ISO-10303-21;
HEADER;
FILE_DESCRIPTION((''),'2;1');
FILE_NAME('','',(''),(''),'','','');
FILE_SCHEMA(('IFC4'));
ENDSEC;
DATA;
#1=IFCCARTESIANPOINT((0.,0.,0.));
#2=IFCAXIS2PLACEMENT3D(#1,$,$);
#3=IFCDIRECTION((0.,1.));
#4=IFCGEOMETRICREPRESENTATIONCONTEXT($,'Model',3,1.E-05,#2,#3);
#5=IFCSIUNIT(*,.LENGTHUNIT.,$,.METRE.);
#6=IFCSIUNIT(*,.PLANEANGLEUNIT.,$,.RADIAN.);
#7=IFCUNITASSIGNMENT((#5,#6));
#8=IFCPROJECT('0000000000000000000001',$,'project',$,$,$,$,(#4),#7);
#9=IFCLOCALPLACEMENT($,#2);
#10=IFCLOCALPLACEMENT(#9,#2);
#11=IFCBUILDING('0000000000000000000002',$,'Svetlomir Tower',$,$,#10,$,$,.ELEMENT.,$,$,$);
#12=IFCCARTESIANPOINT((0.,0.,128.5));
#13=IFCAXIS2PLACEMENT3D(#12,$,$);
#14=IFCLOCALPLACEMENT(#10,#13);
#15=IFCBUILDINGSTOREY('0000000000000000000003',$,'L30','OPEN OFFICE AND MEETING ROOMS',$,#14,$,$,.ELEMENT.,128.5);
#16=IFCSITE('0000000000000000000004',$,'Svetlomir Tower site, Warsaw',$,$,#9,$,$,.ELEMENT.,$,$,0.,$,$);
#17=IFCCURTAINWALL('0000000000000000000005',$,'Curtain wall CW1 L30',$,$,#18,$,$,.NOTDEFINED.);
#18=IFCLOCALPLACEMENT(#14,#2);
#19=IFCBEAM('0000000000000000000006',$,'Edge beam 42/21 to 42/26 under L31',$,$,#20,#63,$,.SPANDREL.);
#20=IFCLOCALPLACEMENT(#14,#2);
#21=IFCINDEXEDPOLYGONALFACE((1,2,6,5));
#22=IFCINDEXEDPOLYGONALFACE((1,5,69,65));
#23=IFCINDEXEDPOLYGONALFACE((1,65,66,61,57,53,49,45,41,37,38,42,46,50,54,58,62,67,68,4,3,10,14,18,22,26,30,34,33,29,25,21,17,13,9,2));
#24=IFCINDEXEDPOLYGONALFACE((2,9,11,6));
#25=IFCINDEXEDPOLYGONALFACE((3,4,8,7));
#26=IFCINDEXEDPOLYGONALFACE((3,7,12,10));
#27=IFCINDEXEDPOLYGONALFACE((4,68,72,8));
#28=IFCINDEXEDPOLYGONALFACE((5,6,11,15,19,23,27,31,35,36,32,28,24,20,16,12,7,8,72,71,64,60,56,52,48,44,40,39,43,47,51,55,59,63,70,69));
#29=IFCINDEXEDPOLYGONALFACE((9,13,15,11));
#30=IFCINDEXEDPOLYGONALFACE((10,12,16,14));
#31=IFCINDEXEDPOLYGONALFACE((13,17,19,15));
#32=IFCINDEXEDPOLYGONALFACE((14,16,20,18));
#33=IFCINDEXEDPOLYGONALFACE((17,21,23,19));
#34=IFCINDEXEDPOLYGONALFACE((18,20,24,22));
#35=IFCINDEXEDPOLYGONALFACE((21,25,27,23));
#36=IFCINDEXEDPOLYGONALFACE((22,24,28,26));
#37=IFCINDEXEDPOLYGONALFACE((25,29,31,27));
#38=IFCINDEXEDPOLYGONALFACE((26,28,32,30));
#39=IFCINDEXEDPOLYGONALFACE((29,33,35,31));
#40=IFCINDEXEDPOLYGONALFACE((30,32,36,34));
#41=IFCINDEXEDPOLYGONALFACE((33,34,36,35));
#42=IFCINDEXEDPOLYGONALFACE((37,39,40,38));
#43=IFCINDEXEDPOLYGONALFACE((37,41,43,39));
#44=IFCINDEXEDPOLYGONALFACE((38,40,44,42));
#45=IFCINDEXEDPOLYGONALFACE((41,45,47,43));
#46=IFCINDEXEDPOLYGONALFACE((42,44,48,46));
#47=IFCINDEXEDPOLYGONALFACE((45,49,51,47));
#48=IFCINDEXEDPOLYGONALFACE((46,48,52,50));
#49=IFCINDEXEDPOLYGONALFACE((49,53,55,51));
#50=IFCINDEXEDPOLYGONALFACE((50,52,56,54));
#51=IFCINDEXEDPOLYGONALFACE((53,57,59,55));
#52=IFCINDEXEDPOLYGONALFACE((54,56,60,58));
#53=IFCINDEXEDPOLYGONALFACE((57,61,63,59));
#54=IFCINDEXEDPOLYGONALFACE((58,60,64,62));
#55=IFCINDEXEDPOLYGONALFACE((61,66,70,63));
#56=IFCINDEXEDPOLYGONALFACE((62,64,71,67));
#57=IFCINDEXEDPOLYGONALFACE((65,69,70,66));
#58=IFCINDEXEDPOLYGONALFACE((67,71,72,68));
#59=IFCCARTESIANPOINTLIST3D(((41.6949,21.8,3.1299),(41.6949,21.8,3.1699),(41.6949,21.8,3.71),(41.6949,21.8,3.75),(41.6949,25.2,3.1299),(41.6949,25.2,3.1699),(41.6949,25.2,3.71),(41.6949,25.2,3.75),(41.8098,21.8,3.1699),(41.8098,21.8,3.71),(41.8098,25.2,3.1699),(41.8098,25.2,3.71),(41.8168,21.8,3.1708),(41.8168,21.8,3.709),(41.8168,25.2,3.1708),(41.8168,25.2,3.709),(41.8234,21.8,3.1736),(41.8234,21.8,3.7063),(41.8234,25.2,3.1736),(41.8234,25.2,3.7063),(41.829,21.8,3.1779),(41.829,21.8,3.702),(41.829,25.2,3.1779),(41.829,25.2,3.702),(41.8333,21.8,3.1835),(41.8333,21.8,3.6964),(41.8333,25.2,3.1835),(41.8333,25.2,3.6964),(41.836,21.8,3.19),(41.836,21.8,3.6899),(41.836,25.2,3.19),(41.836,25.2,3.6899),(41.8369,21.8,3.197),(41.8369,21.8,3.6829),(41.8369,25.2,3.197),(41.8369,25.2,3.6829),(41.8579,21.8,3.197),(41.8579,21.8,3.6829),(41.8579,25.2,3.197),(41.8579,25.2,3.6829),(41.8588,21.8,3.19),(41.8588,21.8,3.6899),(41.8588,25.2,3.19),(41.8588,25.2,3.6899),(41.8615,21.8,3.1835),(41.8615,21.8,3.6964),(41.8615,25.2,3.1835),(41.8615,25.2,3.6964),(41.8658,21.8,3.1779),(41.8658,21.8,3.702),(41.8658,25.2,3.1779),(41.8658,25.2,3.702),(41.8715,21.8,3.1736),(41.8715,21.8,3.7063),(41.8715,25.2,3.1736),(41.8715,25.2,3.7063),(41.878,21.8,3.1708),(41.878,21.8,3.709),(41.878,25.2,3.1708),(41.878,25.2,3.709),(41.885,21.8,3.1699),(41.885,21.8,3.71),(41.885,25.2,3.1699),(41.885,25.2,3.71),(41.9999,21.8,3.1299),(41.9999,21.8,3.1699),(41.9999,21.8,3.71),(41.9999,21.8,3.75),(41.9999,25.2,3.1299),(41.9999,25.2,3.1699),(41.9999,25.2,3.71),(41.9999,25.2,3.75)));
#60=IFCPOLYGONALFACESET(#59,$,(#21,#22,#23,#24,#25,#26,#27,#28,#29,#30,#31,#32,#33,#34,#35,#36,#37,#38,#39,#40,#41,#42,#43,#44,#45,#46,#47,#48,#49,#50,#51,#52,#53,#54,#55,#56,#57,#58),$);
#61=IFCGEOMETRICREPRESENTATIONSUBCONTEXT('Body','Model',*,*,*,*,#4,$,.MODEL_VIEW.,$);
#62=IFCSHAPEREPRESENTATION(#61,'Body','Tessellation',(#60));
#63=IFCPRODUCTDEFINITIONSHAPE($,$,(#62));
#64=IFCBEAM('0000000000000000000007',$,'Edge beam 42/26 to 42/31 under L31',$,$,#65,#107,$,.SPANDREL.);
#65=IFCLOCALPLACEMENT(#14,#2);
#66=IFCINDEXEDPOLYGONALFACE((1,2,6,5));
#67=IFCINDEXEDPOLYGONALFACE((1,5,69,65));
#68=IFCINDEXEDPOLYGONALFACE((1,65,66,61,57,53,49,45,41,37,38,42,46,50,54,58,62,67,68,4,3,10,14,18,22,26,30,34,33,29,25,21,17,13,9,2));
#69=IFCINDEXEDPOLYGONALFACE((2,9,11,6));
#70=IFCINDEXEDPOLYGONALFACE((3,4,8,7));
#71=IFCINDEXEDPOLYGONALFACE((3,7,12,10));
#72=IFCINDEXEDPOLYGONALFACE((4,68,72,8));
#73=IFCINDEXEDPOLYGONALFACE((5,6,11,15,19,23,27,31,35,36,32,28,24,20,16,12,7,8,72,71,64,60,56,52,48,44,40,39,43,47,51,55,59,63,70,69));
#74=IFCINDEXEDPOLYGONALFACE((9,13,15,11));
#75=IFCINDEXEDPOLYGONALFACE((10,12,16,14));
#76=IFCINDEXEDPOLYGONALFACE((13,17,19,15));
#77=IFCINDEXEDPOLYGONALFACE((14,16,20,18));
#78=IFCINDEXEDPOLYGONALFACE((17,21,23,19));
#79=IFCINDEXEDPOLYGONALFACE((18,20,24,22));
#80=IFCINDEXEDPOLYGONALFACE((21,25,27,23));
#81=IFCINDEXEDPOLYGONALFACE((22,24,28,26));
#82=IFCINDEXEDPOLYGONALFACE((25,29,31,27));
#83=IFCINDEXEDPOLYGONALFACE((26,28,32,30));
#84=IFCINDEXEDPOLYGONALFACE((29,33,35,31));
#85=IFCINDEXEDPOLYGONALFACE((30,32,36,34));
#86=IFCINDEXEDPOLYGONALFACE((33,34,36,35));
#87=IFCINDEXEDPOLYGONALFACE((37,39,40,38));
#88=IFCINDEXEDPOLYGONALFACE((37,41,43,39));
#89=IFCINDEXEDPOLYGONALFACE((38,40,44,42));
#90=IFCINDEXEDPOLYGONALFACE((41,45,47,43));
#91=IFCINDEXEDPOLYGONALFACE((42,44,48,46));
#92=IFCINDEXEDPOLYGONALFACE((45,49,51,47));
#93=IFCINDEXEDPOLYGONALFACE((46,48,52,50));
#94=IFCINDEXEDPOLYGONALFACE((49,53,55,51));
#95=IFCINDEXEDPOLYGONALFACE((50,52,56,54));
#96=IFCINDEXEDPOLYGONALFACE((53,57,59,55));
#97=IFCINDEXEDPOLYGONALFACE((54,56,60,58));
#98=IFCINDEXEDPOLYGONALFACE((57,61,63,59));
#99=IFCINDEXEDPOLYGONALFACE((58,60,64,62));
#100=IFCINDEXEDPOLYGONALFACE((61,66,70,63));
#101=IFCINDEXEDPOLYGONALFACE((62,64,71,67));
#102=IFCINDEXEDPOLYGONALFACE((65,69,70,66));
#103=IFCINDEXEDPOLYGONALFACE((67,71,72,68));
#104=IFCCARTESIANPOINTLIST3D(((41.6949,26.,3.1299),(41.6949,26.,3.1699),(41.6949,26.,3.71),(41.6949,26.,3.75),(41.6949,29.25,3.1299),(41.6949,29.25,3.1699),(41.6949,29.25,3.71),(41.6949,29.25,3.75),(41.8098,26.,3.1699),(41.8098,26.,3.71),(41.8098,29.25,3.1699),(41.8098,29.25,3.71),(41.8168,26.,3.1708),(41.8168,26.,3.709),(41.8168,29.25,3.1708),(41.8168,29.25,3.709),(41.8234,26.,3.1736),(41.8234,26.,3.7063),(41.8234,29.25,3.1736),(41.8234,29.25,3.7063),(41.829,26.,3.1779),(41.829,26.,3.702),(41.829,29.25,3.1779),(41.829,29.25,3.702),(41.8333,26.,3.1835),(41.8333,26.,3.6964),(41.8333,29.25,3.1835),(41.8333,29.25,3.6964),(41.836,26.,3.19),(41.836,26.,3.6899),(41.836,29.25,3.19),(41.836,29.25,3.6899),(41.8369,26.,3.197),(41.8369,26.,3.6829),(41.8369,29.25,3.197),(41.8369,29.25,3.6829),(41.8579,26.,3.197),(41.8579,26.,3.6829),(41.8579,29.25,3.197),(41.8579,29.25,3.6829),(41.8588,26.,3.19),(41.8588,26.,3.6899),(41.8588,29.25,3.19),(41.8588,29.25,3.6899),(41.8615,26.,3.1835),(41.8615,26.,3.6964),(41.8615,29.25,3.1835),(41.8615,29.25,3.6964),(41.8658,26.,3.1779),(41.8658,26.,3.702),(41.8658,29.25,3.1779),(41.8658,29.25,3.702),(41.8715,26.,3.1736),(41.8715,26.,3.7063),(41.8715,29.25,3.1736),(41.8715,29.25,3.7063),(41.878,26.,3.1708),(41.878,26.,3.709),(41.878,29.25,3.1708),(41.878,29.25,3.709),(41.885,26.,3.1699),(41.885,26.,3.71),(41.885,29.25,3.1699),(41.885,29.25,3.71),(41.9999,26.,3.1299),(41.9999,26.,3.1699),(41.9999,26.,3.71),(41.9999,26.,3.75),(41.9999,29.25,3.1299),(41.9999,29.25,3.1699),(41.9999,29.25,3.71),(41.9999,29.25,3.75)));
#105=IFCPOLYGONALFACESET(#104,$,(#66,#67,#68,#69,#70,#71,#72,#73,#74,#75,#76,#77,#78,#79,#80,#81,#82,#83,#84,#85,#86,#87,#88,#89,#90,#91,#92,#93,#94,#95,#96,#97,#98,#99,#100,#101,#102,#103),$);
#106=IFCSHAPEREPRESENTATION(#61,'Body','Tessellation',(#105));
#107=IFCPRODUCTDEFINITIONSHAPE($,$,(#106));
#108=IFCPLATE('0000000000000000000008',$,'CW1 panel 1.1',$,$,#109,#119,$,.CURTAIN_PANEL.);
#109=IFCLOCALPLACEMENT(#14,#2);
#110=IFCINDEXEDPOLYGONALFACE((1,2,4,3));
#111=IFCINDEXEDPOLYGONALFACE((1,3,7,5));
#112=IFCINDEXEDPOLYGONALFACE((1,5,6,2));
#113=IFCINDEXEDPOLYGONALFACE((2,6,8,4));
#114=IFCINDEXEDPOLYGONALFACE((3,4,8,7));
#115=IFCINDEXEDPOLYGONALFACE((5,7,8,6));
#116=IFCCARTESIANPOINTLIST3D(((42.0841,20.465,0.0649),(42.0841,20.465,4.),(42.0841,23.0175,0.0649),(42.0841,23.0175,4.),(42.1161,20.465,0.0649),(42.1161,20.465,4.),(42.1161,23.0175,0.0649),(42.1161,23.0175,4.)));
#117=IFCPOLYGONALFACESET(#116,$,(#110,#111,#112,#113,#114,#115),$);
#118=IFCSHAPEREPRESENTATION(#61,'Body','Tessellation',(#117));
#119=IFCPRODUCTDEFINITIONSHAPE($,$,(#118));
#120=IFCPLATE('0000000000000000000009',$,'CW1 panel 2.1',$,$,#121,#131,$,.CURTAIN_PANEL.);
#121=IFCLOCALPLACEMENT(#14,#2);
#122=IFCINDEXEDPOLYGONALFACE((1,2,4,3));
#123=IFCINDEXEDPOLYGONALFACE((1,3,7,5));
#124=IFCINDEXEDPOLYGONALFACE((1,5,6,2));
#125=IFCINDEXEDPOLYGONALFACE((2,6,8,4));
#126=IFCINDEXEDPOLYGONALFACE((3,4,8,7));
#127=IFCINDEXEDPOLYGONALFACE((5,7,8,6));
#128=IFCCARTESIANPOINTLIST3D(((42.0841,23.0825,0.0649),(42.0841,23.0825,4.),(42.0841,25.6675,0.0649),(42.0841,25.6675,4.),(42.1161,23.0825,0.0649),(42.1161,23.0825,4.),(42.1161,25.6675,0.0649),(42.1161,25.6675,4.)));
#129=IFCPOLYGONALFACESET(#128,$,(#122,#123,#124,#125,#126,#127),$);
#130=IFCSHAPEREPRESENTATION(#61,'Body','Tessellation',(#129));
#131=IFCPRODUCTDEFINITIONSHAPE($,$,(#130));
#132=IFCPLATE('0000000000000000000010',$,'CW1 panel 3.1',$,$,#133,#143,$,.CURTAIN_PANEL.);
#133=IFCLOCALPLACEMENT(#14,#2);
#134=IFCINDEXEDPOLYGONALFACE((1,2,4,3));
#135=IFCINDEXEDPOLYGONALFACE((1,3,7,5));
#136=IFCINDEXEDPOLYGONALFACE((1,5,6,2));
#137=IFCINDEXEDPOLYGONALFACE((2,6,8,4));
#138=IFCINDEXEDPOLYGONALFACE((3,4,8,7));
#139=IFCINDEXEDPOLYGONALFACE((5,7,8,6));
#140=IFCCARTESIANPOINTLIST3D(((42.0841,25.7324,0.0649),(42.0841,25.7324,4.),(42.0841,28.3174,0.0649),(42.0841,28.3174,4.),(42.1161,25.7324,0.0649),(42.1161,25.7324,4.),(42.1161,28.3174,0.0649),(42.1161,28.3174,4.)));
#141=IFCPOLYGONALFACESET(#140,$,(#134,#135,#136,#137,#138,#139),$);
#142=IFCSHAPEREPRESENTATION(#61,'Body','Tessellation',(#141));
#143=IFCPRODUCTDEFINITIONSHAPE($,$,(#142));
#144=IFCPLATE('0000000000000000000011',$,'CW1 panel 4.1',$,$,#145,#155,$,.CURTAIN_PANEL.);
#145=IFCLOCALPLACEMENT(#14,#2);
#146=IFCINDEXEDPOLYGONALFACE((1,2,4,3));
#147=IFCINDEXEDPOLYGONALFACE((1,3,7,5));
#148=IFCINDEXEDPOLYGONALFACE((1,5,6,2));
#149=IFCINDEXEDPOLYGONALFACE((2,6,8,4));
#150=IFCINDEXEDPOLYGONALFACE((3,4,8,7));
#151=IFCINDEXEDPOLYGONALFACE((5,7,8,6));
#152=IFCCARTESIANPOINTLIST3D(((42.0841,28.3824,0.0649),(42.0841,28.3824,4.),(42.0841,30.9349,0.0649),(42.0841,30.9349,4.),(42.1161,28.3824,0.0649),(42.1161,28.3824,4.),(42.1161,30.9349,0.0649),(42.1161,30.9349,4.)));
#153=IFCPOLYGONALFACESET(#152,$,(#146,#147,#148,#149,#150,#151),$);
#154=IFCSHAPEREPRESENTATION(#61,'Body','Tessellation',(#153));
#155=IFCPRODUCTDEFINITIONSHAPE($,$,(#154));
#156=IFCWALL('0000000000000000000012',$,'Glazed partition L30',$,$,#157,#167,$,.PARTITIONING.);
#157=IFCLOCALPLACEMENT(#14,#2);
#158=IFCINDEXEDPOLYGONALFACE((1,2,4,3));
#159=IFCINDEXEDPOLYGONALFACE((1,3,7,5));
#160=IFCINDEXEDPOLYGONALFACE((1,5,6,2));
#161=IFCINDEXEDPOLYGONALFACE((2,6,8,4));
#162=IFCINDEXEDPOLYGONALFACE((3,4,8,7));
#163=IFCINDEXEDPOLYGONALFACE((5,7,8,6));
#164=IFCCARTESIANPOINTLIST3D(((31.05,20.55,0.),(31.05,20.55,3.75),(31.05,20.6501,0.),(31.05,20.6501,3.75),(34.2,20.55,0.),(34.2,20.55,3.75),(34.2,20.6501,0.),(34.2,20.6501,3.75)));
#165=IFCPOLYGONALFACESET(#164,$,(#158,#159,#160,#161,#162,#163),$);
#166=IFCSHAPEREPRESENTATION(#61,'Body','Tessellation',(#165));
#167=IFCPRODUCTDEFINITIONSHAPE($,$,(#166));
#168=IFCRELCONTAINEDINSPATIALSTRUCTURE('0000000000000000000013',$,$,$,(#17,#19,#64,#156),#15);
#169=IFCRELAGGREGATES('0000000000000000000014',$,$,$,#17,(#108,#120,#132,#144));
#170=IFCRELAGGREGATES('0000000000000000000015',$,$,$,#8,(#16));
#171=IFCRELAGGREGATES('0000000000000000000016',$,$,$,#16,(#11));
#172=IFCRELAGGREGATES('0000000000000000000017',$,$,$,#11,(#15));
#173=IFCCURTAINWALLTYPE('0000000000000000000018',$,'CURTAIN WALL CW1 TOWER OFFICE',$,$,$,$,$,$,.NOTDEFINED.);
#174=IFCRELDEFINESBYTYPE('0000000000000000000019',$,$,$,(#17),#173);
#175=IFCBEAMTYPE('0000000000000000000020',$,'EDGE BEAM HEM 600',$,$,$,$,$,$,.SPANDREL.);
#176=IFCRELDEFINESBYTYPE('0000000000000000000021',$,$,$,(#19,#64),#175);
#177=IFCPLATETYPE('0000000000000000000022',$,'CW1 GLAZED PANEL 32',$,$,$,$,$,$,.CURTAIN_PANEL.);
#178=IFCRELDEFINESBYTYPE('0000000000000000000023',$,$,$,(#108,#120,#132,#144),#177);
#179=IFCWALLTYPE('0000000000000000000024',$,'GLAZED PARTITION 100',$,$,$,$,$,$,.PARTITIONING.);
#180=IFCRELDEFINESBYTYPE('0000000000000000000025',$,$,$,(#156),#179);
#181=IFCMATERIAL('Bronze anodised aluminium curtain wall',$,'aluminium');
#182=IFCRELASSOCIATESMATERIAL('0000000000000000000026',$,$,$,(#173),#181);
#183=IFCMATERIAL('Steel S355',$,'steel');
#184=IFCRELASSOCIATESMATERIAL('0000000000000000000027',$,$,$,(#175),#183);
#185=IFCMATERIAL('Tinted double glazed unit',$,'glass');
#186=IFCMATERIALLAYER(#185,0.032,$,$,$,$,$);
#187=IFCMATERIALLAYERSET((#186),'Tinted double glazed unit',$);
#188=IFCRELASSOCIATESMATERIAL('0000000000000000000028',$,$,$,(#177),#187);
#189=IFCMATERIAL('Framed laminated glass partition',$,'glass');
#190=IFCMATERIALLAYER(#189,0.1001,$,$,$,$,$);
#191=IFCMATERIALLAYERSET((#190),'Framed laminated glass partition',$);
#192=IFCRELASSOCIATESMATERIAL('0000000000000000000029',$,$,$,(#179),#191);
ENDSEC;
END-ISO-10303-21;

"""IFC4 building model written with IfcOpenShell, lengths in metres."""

from ifc_helpers import new_model, si_unit, direction, frame, frame_2d, origin, origin_2d, place, context, subcontext, project, spatial, rectangle, i_section, extrude, material, layer, layer_set, material_profile, profile_set, type_object, element, aggregate, save


model = new_model("IFC4")

# Units and contexts
model_context = context("Model", 3, precision=1e-05, world=origin(), true_north=direction((0.0, 1.0)))
body_context = subcontext(model_context, "Body", "Model", "MODEL_VIEW")
ifc_project = project(units=[si_unit("LENGTHUNIT", "METRE"), si_unit("PLANEANGLEUNIT", "RADIAN")], contexts=[model_context])

# Site, building, storey
site_placement = place(None, origin())
site = spatial("IfcSite", under=ifc_project, at=site_placement, Name="Svetlomir Tower site, Warsaw", CompositionType="ELEMENT", RefElevation=0.0)
building_placement = place(site_placement, origin())
building = spatial("IfcBuilding", under=site, at=building_placement, Name="Svetlomir Tower", CompositionType="ELEMENT")
storey_placement = place(building_placement, frame((0.0, 0.0, 128.5)))
storey = spatial("IfcBuildingStorey", under=building, at=storey_placement, Name="L30", Description="OPEN OFFICE AND MEETING ROOMS", CompositionType="ELEMENT", Elevation=128.5)

# Curtain wall
ifc_material_1 = material(Name="Bronze anodised aluminium curtain wall", Category="aluminium")
curtain_wall_type = type_object("IfcCurtainWallType", Name="CURTAIN WALL CW1 TOWER OFFICE", PredefinedType="NOTDEFINED", material=ifc_material_1)
curtain_wall_1_placement = place(storey_placement, origin())
curtain_wall_1 = element("IfcCurtainWall", 1, at=curtain_wall_1_placement, inside=storey, type_object=curtain_wall_type, Name="Curtain wall CW1 L30", PredefinedType="NOTDEFINED")

# Beams
ifc_material_2 = material(Name="Steel S355", Category="steel")
ifc_material_profile_1 = material_profile(ifc_material_2, i_section(OverallWidth=0.3049, OverallDepth=0.6201, WebThickness=0.021, FlangeThickness=0.04, FilletRadius=0.0271, at=origin_2d()), Name="HEM 600")
ifc_profile_set_1 = profile_set([ifc_material_profile_1], Name="Steel S355")
beam_type = type_object("IfcBeamType", Name="EDGE BEAM HEM 600", PredefinedType="SPANDREL", material=ifc_profile_set_1)
beam_1_placement = place(storey_placement, frame((41.8474, 21.8, 3.4399), z_axis=(0.0, 1.0, 0.0), x_axis=(-1.0, 0.0, 0.0)))
element("IfcBeam", 2, at=beam_1_placement, inside=storey, type_object=beam_type, Name="Edge beam 42/21 to 42/26 under L31", PredefinedType="SPANDREL", context=body_context, shape_type="SweptSolid", body=[
    extrude(i_section(OverallWidth=0.3049, OverallDepth=0.6201, WebThickness=0.021, FlangeThickness=0.04, FilletRadius=0.0271, at=origin_2d()), origin(), (0.0, 0.0, 1.0), 3.3999),
])
beam_2_placement = place(storey_placement, frame((41.8474, 26.0, 3.4399), z_axis=(0.0, 1.0, 0.0), x_axis=(-1.0, 0.0, 0.0)))
element("IfcBeam", 3, at=beam_2_placement, inside=storey, type_object=beam_type, Name="Edge beam 42/26 to 42/31 under L31", PredefinedType="SPANDREL", context=body_context, shape_type="SweptSolid", body=[
    extrude(i_section(OverallWidth=0.3049, OverallDepth=0.6201, WebThickness=0.021, FlangeThickness=0.04, FilletRadius=0.0271, at=origin_2d()), origin(), (0.0, 0.0, 1.0), 3.25),
])

# Plates
ifc_material_3 = material(Name="Tinted double glazed unit", Category="glass")
ifc_layer_1 = layer(ifc_material_3, 0.032)
ifc_layer_set_1 = layer_set([ifc_layer_1], Name="Tinted double glazed unit")
plate_type = type_object("IfcPlateType", Name="CW1 GLAZED PANEL 32", PredefinedType="CURTAIN_PANEL", material=ifc_layer_set_1)
plate_1_placement = place(storey_placement, frame((42.1001, 21.7412, 0.0649), z_axis=(0.0, 0.0, 1.0), x_axis=(0.0, 1.0, 0.0)))
plate_1 = element("IfcPlate", 4, at=plate_1_placement, type_object=plate_type, Name="CW1 panel 1.1", PredefinedType="CURTAIN_PANEL", context=body_context, shape_type="SweptSolid", body=[
    extrude(rectangle(XDim=2.5525, YDim=0.032, at=origin_2d()), origin(), (0.0, 0.0, 1.0), 3.9351),
])
plate_2_placement = place(storey_placement, frame((42.1001, 24.375, 0.0649), z_axis=(0.0, 0.0, 1.0), x_axis=(0.0, 1.0, 0.0)))
plate_2 = element("IfcPlate", 5, at=plate_2_placement, type_object=plate_type, Name="CW1 panel 2.1", PredefinedType="CURTAIN_PANEL", context=body_context, shape_type="SweptSolid", body=[
    extrude(rectangle(XDim=2.585, YDim=0.032, at=origin_2d()), origin(), (0.0, 0.0, 1.0), 3.9351),
])
plate_3_placement = place(storey_placement, frame((42.1001, 27.0249, 0.0649), z_axis=(0.0, 0.0, 1.0), x_axis=(0.0, 1.0, 0.0)))
plate_3 = element("IfcPlate", 6, at=plate_3_placement, type_object=plate_type, Name="CW1 panel 3.1", PredefinedType="CURTAIN_PANEL", context=body_context, shape_type="SweptSolid", body=[
    extrude(rectangle(XDim=2.585, YDim=0.032, at=origin_2d()), origin(), (0.0, 0.0, 1.0), 3.9351),
])
plate_4_placement = place(storey_placement, frame((42.1001, 29.6587, 0.0649), z_axis=(0.0, 0.0, 1.0), x_axis=(0.0, 1.0, 0.0)))
plate_4 = element("IfcPlate", 7, at=plate_4_placement, type_object=plate_type, Name="CW1 panel 4.1", PredefinedType="CURTAIN_PANEL", context=body_context, shape_type="SweptSolid", body=[
    extrude(rectangle(XDim=2.5525, YDim=0.032, at=origin_2d()), origin(), (0.0, 0.0, 1.0), 3.9351),
])
aggregate(curtain_wall_1, [plate_1, plate_2, plate_3, plate_4])

# Wall
ifc_material_4 = material(Name="Framed laminated glass partition", Category="glass")
ifc_layer_2 = layer(ifc_material_4, 0.1001)
ifc_layer_set_2 = layer_set([ifc_layer_2], Name="Framed laminated glass partition")
wall_type_1 = type_object("IfcWallType", Name="GLAZED PARTITION 100", PredefinedType="PARTITIONING", material=ifc_layer_set_2)
wall_1_placement = place(storey_placement, frame((31.05, 20.6001, 0.0), z_axis=(0.0, 0.0, 1.0), x_axis=(1.0, 0.0, 0.0)))
element("IfcWall", 8, at=wall_1_placement, inside=storey, type_object=wall_type_1, Name="Glazed partition L30", PredefinedType="PARTITIONING", context=body_context, shape_type="SweptSolid", body=[
    extrude(rectangle(XDim=3.1499, YDim=0.1001, at=frame_2d((1.575, 0.0))), origin(), (0.0, 0.0, 1.0), 3.75),
])

save(model, "model.ifc")
